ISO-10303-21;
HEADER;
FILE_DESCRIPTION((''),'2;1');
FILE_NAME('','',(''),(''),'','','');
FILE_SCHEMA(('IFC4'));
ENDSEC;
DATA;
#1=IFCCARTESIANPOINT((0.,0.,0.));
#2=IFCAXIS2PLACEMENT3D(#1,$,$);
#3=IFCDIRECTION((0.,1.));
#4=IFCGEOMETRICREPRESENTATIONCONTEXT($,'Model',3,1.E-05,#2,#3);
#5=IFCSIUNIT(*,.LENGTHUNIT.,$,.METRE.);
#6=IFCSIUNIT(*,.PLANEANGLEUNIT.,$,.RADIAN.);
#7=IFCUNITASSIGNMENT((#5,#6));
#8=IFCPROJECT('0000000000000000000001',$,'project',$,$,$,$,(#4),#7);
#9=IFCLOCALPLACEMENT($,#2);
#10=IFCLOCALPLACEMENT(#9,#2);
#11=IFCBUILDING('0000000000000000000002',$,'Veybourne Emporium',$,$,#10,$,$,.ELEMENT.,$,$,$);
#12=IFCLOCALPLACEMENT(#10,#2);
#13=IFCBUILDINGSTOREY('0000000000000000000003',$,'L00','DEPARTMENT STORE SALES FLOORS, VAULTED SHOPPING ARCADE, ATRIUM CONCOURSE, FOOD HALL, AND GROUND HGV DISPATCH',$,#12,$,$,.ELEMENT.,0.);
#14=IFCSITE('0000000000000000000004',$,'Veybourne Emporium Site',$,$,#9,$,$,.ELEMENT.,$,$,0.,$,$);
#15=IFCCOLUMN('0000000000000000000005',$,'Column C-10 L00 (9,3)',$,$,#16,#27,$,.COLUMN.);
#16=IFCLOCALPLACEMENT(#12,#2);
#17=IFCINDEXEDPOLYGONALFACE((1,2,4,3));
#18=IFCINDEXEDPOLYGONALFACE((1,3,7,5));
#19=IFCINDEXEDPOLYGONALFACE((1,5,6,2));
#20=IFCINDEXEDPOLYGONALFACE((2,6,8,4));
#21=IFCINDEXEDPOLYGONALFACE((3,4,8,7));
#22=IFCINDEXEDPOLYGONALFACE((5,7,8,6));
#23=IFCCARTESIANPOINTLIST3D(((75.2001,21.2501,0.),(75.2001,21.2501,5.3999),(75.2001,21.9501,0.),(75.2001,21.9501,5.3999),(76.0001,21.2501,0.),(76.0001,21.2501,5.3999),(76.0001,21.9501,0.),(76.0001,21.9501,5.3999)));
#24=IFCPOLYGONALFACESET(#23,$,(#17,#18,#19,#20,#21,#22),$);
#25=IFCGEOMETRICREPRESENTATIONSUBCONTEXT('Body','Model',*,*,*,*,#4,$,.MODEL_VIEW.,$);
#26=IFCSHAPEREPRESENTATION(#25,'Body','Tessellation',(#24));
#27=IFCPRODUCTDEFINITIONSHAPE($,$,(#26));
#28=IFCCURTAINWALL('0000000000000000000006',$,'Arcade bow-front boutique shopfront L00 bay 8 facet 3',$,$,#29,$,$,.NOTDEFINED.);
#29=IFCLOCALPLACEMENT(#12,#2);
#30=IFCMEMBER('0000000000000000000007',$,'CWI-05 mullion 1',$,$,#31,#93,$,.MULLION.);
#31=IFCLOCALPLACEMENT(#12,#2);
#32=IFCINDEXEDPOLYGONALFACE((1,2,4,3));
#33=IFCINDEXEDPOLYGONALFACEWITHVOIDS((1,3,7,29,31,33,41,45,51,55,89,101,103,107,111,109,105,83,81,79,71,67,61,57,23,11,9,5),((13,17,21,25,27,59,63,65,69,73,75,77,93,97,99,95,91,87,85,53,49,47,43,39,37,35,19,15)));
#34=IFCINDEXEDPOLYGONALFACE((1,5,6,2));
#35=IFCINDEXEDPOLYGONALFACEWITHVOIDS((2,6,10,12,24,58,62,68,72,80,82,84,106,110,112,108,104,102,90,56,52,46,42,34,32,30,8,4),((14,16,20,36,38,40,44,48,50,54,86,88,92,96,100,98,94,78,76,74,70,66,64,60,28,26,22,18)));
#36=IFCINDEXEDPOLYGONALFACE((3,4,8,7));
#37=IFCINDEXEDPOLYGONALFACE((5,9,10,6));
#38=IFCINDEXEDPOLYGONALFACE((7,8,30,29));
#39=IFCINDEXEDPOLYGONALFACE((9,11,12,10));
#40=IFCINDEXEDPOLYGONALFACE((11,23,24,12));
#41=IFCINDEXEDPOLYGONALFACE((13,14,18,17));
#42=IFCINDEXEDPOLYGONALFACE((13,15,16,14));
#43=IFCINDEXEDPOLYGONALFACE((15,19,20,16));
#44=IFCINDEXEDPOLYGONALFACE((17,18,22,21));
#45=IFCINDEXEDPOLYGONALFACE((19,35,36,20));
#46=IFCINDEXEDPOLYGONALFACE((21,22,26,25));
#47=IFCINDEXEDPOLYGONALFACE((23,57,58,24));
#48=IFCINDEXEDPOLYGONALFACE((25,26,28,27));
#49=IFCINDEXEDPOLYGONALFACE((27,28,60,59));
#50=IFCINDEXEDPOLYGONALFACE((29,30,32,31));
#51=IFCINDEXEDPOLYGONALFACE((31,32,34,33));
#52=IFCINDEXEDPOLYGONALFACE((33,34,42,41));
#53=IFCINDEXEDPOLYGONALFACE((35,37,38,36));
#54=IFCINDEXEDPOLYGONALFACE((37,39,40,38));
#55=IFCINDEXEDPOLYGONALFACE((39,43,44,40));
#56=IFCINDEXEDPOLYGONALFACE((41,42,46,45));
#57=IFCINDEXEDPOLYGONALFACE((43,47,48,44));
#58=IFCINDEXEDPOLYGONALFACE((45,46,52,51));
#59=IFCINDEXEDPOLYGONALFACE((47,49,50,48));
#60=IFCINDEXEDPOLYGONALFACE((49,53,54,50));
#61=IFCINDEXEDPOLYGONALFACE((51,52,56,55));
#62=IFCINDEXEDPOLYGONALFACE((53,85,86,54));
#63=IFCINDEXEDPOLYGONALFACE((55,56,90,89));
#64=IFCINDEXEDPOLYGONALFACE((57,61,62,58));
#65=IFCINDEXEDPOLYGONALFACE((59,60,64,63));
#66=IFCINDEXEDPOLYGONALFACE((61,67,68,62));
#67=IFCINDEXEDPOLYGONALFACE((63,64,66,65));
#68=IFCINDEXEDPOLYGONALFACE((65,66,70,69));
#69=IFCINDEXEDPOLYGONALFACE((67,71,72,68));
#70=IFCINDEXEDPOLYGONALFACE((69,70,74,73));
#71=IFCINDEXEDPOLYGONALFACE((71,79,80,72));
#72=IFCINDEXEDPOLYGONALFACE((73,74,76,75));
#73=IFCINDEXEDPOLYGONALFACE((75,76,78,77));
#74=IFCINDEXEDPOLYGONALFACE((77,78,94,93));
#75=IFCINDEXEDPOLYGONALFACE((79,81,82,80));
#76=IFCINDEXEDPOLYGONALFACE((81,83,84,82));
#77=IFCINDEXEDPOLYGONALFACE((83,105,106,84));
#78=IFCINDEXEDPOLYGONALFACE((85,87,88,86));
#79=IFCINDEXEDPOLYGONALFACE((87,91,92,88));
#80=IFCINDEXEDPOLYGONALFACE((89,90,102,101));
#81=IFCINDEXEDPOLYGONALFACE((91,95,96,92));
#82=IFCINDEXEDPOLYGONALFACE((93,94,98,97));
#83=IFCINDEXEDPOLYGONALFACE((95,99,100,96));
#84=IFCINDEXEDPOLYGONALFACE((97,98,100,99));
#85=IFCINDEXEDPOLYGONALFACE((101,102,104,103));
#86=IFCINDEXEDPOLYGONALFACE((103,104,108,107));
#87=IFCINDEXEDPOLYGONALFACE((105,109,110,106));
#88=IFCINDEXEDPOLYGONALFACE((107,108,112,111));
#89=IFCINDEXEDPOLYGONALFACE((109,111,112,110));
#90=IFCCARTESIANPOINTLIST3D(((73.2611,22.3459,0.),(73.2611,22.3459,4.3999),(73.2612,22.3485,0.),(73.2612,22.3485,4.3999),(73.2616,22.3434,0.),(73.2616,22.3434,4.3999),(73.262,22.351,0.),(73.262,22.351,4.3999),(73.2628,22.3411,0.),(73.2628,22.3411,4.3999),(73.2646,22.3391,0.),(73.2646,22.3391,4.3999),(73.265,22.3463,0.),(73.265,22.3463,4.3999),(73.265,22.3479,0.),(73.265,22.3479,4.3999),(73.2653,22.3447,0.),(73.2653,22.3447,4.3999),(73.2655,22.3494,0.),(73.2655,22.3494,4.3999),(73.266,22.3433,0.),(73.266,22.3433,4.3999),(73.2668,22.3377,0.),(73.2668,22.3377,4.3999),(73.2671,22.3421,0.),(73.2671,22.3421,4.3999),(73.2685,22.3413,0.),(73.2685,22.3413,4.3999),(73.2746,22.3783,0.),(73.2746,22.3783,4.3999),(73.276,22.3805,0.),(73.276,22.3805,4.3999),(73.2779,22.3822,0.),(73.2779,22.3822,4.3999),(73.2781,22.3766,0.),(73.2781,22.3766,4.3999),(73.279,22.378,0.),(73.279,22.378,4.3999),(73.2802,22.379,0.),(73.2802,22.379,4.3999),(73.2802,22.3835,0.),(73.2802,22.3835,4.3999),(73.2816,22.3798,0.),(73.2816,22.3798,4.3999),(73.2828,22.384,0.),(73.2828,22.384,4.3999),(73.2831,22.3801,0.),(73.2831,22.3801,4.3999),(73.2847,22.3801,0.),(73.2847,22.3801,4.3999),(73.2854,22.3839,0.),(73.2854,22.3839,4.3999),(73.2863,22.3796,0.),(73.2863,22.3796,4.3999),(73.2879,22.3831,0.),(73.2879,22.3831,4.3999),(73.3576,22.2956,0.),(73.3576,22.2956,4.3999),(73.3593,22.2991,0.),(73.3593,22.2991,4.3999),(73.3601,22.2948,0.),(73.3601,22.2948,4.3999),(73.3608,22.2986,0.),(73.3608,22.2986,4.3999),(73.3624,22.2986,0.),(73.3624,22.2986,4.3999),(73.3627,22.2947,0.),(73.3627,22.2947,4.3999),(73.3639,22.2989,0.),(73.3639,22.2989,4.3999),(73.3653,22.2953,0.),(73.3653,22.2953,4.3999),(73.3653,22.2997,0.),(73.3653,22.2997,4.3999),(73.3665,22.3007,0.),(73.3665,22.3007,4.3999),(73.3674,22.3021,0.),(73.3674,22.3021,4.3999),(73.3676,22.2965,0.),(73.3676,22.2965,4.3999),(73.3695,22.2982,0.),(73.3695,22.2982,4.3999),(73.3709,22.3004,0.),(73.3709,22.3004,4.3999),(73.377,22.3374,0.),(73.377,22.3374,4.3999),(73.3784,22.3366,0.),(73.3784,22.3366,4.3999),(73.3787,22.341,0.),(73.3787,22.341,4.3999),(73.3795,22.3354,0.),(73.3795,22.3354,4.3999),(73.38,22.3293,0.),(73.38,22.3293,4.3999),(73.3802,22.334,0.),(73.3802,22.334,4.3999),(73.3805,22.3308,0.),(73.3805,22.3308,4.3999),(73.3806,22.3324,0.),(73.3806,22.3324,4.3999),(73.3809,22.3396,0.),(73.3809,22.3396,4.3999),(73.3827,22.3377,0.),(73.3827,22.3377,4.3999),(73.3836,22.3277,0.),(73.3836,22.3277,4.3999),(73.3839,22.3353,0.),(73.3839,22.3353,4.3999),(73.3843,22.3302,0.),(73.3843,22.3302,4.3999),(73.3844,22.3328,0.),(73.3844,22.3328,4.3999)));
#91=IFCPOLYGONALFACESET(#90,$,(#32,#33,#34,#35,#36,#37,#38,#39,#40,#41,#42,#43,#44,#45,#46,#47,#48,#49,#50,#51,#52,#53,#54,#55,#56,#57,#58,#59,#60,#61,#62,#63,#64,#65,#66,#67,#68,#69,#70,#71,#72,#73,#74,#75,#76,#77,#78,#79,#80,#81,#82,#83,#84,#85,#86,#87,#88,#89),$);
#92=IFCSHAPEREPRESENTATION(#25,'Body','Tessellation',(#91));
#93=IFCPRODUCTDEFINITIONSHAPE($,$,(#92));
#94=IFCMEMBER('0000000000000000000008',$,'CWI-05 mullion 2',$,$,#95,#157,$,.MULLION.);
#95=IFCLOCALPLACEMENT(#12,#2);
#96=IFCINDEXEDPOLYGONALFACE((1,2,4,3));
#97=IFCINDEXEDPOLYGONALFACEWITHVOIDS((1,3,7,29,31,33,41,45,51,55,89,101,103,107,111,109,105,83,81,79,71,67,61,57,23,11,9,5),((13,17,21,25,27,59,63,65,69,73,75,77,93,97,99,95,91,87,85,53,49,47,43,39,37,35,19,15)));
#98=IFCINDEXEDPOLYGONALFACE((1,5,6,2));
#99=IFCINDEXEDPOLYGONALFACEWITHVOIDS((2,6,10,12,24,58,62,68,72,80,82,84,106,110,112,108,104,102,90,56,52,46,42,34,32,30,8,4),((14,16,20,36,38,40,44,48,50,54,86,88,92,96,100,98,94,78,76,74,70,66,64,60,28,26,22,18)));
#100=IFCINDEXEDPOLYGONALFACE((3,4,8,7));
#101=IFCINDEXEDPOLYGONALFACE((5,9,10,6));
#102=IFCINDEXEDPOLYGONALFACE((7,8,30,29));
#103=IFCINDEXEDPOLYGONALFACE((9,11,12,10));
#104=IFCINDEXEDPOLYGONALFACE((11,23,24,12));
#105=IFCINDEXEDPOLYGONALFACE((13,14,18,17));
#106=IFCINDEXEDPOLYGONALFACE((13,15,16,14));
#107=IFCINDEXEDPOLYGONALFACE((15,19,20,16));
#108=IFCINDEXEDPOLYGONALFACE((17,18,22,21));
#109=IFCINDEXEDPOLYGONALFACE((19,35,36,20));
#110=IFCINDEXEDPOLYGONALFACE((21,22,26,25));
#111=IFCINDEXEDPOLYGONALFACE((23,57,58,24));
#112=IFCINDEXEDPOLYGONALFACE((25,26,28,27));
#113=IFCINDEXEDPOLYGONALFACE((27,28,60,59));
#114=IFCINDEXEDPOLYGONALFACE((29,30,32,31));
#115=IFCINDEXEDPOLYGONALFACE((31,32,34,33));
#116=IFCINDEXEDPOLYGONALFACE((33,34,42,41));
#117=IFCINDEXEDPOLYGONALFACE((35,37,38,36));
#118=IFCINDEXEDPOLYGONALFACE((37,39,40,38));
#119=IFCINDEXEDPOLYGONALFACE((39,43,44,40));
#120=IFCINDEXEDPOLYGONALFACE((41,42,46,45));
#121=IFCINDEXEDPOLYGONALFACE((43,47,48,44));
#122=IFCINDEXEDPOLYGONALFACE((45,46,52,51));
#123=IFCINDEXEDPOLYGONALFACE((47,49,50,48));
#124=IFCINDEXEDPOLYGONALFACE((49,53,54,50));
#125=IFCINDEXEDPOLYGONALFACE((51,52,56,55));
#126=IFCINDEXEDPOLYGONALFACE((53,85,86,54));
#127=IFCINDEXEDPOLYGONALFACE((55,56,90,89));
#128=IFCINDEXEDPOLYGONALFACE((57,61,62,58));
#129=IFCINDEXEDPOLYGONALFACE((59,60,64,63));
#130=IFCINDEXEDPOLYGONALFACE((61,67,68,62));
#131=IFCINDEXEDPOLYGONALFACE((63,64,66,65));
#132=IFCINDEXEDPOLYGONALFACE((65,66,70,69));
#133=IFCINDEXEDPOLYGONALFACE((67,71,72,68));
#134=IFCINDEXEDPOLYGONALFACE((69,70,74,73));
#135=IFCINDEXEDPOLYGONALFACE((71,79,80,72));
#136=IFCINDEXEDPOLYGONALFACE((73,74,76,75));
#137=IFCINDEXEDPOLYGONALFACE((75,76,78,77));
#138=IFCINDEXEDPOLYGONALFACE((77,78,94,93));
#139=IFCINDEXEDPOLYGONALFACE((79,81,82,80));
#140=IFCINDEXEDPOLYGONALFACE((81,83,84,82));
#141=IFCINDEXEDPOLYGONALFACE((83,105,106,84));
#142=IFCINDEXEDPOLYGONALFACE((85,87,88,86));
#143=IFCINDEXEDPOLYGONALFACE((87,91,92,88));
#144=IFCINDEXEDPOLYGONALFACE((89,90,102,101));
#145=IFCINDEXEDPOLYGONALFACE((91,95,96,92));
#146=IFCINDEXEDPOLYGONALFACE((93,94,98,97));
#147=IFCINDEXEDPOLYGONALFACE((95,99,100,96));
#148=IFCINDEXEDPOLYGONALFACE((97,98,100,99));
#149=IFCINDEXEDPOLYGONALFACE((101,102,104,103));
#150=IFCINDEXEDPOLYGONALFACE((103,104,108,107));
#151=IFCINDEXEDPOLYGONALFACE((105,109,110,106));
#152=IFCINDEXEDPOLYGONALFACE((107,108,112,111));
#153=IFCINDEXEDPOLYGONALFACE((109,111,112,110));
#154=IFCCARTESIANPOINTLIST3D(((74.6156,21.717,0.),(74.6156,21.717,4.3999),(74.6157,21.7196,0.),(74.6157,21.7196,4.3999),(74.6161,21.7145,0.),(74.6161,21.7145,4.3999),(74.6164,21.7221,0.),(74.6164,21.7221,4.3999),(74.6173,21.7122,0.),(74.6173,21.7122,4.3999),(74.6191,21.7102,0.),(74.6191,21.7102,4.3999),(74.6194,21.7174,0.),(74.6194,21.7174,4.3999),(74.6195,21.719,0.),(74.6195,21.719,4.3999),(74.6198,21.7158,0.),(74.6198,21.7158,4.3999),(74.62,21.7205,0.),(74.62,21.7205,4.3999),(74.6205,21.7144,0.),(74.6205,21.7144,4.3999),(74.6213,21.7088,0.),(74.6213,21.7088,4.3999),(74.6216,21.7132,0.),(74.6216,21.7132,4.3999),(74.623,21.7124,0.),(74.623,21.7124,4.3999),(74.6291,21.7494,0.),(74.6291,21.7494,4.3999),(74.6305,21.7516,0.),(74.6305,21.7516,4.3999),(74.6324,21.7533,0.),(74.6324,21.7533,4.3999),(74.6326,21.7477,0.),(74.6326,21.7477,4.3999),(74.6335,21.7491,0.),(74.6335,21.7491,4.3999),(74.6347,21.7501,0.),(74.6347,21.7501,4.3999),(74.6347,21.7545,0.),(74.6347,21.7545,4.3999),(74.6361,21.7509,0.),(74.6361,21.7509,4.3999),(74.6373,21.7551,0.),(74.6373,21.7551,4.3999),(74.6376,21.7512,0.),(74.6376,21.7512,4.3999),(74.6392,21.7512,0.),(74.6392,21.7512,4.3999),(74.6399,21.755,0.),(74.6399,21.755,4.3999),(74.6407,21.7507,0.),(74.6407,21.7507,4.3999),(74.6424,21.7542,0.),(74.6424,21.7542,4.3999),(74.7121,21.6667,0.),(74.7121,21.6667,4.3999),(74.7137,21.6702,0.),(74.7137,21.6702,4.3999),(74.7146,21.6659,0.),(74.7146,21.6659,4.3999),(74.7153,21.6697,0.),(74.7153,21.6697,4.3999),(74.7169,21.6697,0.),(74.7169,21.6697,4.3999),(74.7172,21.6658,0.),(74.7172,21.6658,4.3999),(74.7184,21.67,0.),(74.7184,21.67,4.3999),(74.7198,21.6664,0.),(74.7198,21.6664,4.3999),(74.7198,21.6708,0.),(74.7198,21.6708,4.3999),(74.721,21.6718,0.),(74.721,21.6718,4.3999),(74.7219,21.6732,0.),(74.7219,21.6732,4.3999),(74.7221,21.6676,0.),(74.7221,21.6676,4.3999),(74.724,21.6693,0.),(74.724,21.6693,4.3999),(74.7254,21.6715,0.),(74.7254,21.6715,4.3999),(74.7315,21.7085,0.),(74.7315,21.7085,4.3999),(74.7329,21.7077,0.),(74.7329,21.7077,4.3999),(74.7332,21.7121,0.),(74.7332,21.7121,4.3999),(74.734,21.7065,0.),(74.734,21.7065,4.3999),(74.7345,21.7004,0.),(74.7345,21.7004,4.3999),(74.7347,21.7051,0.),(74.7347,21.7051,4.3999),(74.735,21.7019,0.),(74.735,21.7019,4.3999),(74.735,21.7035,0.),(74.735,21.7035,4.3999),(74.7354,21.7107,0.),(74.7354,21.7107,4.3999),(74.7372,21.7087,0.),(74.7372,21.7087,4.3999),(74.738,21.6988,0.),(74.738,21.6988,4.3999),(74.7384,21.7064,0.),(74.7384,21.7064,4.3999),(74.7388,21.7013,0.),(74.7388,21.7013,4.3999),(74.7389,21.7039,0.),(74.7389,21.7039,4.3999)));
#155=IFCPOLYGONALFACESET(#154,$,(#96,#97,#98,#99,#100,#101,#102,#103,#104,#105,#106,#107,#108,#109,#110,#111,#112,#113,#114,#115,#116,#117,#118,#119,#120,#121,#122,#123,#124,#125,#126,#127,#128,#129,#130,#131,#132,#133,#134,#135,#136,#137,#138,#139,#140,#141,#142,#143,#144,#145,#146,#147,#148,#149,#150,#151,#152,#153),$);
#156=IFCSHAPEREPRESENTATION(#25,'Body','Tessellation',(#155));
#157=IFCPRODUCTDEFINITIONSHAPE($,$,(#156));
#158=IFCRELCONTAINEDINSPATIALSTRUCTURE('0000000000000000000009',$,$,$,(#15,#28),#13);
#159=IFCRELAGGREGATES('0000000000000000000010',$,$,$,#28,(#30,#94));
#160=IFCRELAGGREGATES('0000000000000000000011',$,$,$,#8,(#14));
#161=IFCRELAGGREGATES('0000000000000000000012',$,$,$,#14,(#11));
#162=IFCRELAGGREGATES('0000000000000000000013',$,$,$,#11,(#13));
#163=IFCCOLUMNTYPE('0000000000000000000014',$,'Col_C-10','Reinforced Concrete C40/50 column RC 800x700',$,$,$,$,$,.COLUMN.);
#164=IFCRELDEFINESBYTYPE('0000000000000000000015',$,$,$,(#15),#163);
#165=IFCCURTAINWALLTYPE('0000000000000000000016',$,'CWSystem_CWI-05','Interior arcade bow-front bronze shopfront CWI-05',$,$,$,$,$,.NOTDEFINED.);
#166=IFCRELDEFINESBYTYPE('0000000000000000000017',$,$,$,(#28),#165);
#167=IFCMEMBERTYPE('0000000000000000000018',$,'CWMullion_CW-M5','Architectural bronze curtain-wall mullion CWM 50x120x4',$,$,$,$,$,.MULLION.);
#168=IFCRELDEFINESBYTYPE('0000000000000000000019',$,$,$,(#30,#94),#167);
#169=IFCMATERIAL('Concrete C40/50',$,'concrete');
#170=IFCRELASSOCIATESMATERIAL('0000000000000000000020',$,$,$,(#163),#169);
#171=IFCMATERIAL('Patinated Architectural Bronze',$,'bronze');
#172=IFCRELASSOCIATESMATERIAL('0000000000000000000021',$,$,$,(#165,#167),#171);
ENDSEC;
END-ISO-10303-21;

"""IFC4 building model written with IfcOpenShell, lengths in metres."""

from ifc_helpers import new_model, si_unit, direction, frame, origin, origin_2d, place, context, subcontext, project, spatial, rectangle, hollow_rectangle, extrude, material, material_profile, profile_set, type_object, element, aggregate, save


model = new_model("IFC4")

# Units and contexts
model_context = context("Model", 3, precision=1e-05, world=origin(), true_north=direction((0.0, 1.0)))
body_context = subcontext(model_context, "Body", "Model", "MODEL_VIEW")
ifc_project = project(units=[si_unit("LENGTHUNIT", "METRE"), si_unit("PLANEANGLEUNIT", "RADIAN")], contexts=[model_context])

# Site, building, storey
site_placement = place(None, origin())
site = spatial("IfcSite", under=ifc_project, at=site_placement, Name="Veybourne Emporium Site", CompositionType="ELEMENT", RefElevation=0.0)
building_placement = place(site_placement, origin())
building = spatial("IfcBuilding", under=site, at=building_placement, Name="Veybourne Emporium", CompositionType="ELEMENT")
storey_placement = place(building_placement, origin())
storey = spatial("IfcBuildingStorey", under=building, at=storey_placement, Name="L00", Description="DEPARTMENT STORE SALES FLOORS, VAULTED SHOPPING ARCADE, ATRIUM CONCOURSE, FOOD HALL, AND GROUND HGV DISPATCH", CompositionType="ELEMENT", Elevation=0.0)

# Column
ifc_material_1 = material(Name="Concrete C40/50", Category="concrete")
ifc_material_profile_1 = material_profile(ifc_material_1, rectangle(XDim=0.8, YDim=0.7, at=origin_2d()), Name="RC 800x700")
ifc_profile_set_1 = profile_set([ifc_material_profile_1], Name="Concrete C40/50")
column_type = type_object("IfcColumnType", Name="Col_C-10", Description="Reinforced Concrete C40/50 column RC 800x700", PredefinedType="COLUMN", material=ifc_profile_set_1)
column_placement = place(storey_placement, frame((75.6001, 21.6001, 0.0), z_axis=(0.0, 0.0, 1.0), x_axis=(1.0, 0.0, 0.0)))
element("IfcColumn", 1, at=column_placement, inside=storey, type_object=column_type, Name="Column C-10 L00 (9,3)", PredefinedType="COLUMN", context=body_context, shape_type="SweptSolid", body=[
    extrude(rectangle(XDim=0.8, YDim=0.7, at=origin_2d()), origin(), (0.0, 0.0, 1.0), 5.3999),
])

# Curtain wall, members
ifc_material_2 = material(Name="Patinated Architectural Bronze", Category="bronze")
curtain_wall_type_1 = type_object("IfcCurtainWallType", Name="CWSystem_CWI-05", Description="Interior arcade bow-front bronze shopfront CWI-05", PredefinedType="NOTDEFINED", material=ifc_material_2)
curtain_wall_1_placement = place(storey_placement, origin())
curtain_wall_1 = element("IfcCurtainWall", 2, at=curtain_wall_1_placement, inside=storey, type_object=curtain_wall_type_1, Name="Arcade bow-front boutique shopfront L00 bay 8 facet 3", PredefinedType="NOTDEFINED")
ifc_material_profile_2 = material_profile(ifc_material_2, hollow_rectangle(XDim=0.05, YDim=0.1201, WallThickness=0.0039, InnerFilletRadius=0.0061, OuterFilletRadius=0.01, at=origin_2d()), Name="CWM 50x120x4")
ifc_profile_set_2 = profile_set([ifc_material_profile_2], Name="Patinated Architectural Bronze")
member_type_1 = type_object("IfcMemberType", Name="CWMullion_CW-M5", Description="Architectural bronze curtain-wall mullion CWM 50x120x4", PredefinedType="MULLION", material=ifc_profile_set_2)
member_1_placement = place(storey_placement, frame((73.3228, 22.3394, 0.0), z_axis=(0.0, 0.0, 1.0), x_axis=(0.421111, 0.907009, 0.0)))
member_1 = element("IfcMember", 3, at=member_1_placement, type_object=member_type_1, Name="CWI-05 mullion 1", PredefinedType="MULLION", context=body_context, shape_type="SweptSolid", body=[
    extrude(hollow_rectangle(XDim=0.05, YDim=0.1201, WallThickness=0.0039, InnerFilletRadius=0.0061, OuterFilletRadius=0.01, at=origin_2d()), origin(), (0.0, 0.0, 1.0), 4.3999),
])
member_2_placement = place(storey_placement, frame((74.6772, 21.7104, 0.0), z_axis=(0.0, 0.0, 1.0), x_axis=(0.421111, 0.907009, 0.0)))
member_2 = element("IfcMember", 4, at=member_2_placement, type_object=member_type_1, Name="CWI-05 mullion 2", PredefinedType="MULLION", context=body_context, shape_type="SweptSolid", body=[
    extrude(hollow_rectangle(XDim=0.05, YDim=0.1201, WallThickness=0.0039, InnerFilletRadius=0.0061, OuterFilletRadius=0.01, at=origin_2d()), origin(), (0.0, 0.0, 1.0), 4.3999),
])

aggregate(curtain_wall_1, [member_1, member_2])

save(model, "model.ifc")
